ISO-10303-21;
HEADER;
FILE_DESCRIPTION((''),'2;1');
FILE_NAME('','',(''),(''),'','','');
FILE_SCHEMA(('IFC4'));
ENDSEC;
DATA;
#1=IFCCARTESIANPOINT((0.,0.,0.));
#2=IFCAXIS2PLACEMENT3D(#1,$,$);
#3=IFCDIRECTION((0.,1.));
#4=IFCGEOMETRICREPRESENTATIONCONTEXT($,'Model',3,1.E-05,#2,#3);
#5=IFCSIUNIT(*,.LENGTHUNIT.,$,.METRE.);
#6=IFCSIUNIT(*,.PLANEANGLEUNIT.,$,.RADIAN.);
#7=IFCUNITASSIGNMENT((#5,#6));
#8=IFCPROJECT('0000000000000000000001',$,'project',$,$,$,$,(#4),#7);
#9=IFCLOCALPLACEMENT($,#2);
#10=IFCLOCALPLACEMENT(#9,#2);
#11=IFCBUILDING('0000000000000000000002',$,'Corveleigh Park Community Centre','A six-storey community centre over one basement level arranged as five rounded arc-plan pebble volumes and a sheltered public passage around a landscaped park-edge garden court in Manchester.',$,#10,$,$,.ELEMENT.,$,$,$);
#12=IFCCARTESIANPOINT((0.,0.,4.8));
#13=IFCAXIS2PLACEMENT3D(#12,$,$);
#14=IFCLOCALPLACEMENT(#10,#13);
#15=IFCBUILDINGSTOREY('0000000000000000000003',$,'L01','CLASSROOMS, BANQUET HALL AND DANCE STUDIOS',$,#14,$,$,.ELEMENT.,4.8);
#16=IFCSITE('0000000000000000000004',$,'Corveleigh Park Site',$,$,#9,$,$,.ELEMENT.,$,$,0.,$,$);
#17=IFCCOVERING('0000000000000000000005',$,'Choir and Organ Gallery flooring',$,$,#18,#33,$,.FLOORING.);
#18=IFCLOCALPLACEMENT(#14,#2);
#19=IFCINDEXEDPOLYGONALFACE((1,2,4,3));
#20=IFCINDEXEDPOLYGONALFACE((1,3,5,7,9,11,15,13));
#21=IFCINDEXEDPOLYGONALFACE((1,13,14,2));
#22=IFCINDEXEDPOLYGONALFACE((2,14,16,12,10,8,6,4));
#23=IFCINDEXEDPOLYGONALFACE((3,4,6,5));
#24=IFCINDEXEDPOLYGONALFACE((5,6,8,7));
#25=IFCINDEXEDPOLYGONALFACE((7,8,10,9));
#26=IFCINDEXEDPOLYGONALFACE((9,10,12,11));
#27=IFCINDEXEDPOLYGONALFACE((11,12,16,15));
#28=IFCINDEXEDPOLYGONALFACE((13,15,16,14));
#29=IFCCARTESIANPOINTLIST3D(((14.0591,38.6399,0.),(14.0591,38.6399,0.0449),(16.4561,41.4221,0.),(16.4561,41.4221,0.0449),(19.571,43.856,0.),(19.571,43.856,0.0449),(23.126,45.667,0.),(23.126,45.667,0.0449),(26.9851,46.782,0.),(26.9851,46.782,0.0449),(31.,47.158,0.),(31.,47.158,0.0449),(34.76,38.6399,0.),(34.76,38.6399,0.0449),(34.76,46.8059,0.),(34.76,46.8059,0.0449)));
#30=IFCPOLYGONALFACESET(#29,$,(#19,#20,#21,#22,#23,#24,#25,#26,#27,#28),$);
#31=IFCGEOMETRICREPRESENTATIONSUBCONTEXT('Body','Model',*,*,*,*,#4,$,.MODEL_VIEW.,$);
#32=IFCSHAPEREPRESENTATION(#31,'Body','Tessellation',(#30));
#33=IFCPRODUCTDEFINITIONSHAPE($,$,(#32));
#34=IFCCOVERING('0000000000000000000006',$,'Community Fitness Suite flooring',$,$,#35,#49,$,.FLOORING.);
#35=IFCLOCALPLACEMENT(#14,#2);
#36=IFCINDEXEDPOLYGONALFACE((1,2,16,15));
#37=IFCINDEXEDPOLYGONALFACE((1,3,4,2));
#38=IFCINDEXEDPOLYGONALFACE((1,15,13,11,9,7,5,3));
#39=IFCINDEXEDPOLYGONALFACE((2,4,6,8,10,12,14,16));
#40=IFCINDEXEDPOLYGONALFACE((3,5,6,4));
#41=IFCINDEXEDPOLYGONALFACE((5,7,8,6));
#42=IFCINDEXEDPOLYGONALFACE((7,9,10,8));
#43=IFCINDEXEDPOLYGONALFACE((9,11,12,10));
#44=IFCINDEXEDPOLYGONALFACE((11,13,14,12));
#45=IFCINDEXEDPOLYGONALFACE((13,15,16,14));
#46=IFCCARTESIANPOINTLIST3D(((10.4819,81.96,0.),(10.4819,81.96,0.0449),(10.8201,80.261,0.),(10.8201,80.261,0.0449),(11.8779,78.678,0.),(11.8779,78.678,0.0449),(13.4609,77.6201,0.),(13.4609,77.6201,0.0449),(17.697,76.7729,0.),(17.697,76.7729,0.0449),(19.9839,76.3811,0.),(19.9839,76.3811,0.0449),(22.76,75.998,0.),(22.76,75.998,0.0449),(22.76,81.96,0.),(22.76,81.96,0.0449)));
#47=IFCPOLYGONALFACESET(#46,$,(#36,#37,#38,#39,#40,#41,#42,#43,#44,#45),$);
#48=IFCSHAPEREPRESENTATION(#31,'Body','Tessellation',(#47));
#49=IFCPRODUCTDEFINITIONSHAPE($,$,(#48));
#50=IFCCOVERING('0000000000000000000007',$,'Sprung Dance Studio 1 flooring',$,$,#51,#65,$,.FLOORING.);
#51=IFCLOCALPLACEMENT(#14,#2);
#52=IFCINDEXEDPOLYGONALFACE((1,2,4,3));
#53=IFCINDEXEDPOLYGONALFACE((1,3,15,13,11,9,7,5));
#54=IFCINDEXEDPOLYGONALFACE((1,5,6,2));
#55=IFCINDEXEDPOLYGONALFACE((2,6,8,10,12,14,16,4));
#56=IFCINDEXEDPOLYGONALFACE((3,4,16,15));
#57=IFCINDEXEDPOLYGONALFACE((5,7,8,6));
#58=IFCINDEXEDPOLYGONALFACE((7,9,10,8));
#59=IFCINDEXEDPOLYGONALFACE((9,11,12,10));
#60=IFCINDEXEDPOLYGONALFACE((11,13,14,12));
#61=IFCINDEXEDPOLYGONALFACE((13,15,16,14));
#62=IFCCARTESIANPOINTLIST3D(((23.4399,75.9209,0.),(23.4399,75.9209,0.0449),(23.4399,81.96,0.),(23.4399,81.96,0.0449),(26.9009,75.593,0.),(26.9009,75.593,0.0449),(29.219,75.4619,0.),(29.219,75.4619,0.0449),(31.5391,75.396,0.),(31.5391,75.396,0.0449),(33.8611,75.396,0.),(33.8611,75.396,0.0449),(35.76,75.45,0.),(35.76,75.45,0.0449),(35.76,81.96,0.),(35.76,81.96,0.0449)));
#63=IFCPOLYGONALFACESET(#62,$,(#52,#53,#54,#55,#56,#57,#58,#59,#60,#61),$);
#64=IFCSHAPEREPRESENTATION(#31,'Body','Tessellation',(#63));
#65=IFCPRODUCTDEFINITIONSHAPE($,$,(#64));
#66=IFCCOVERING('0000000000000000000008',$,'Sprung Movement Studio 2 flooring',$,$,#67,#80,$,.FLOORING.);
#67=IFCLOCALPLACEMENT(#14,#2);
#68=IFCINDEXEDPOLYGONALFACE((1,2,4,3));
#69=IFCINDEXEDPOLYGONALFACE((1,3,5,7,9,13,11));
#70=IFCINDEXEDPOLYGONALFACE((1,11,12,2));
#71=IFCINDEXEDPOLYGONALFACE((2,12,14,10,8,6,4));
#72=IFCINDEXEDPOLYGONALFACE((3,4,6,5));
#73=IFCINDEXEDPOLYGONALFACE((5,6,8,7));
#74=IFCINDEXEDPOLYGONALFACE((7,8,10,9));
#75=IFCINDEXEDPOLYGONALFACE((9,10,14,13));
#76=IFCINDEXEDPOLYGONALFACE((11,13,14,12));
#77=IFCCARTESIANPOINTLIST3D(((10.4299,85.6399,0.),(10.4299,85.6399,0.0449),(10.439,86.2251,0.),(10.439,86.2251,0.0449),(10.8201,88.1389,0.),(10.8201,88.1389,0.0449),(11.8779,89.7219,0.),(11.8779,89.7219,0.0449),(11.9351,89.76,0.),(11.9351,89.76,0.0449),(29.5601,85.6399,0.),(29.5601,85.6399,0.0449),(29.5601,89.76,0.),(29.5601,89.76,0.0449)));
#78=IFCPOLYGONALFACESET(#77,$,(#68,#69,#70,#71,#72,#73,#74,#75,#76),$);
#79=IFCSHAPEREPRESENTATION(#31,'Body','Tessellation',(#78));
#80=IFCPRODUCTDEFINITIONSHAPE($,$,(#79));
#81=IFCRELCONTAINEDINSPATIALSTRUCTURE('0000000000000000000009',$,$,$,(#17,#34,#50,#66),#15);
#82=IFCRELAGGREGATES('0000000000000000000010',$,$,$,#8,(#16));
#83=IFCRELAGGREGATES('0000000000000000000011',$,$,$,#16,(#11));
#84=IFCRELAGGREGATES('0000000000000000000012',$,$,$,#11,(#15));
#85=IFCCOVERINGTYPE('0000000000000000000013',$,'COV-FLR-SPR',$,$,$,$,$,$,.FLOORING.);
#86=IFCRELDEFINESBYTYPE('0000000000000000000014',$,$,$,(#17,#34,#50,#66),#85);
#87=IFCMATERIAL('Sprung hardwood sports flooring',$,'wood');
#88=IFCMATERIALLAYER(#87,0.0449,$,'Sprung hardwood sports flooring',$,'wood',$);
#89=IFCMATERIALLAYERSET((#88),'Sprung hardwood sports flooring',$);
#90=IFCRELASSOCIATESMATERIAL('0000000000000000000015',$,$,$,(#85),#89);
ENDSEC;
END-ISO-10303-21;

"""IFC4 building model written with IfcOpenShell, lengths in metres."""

from ifc_helpers import new_model, si_unit, direction, frame, origin, place, context, subcontext, project, spatial, polyline, outline, extrude, material, layer, layer_set, type_object, element, save


model = new_model("IFC4")

# Units and contexts
model_context = context("Model", 3, precision=1e-05, world=origin(), true_north=direction((0.0, 1.0)))
body_context = subcontext(model_context, "Body", "Model", "MODEL_VIEW")
ifc_project = project(units=[si_unit("LENGTHUNIT", "METRE"), si_unit("PLANEANGLEUNIT", "RADIAN")], contexts=[model_context])

# Site, building, storey
site_placement = place(None, origin())
site = spatial("IfcSite", under=ifc_project, at=site_placement, Name="Corveleigh Park Site", CompositionType="ELEMENT", RefElevation=0.0)
building_placement = place(site_placement, origin())
building = spatial("IfcBuilding", under=site, at=building_placement, Name="Corveleigh Park Community Centre", Description="A six-storey community centre over one basement level arranged as five rounded arc-plan pebble volumes and a sheltered public passage around a landscaped park-edge garden court in Manchester.", CompositionType="ELEMENT")
storey_placement = place(building_placement, frame((0.0, 0.0, 4.8)))
storey = spatial("IfcBuildingStorey", under=building, at=storey_placement, Name="L01", Description="CLASSROOMS, BANQUET HALL AND DANCE STUDIOS", CompositionType="ELEMENT", Elevation=4.8)

# Coverings
ifc_material_1 = material(Name="Sprung hardwood sports flooring", Category="wood")
ifc_layer_1 = layer(ifc_material_1, 0.0449, Name="Sprung hardwood sports flooring", Category="wood")
ifc_layer_set_1 = layer_set([ifc_layer_1], Name="Sprung hardwood sports flooring")
covering_type_1 = type_object("IfcCoveringType", Name="COV-FLR-SPR", PredefinedType="FLOORING", material=ifc_layer_set_1)
covering_1_placement = place(storey_placement, origin())
element("IfcCovering", 1, at=covering_1_placement, inside=storey, type_object=covering_type_1, Name="Choir and Organ Gallery flooring", PredefinedType="FLOORING", context=body_context, shape_type="SweptSolid", body=[
    extrude(outline(polyline([(31.0, 47.158), (34.76, 46.8059), (34.76, 38.6399), (14.0591, 38.6399), (16.4561, 41.4221), (19.571, 43.856), (23.126, 45.667), (26.9851, 46.782), (31.0, 47.158)])), origin(), (0.0, 0.0, 1.0), 0.0449),
])
covering_2_placement = place(storey_placement, origin())
element("IfcCovering", 2, at=covering_2_placement, inside=storey, type_object=covering_type_1, Name="Community Fitness Suite flooring", PredefinedType="FLOORING", context=body_context, shape_type="SweptSolid", body=[
    extrude(outline(polyline([(22.76, 75.998), (19.9839, 76.3811), (17.697, 76.7729), (13.4609, 77.6201), (11.8779, 78.678), (10.8201, 80.261), (10.4819, 81.96), (22.76, 81.96), (22.76, 75.998)])), origin(), (0.0, 0.0, 1.0), 0.0449),
])
covering_3_placement = place(storey_placement, origin())
element("IfcCovering", 3, at=covering_3_placement, inside=storey, type_object=covering_type_1, Name="Sprung Dance Studio 1 flooring", PredefinedType="FLOORING", context=body_context, shape_type="SweptSolid", body=[
    extrude(outline(polyline([(29.219, 75.4619), (26.9009, 75.593), (23.4399, 75.9209), (23.4399, 81.96), (35.76, 81.96), (35.76, 75.45), (33.8611, 75.396), (31.5391, 75.396), (29.219, 75.4619)])), origin(), (0.0, 0.0, 1.0), 0.0449),
])
covering_4_placement = place(storey_placement, origin())
element("IfcCovering", 4, at=covering_4_placement, inside=storey, type_object=covering_type_1, Name="Sprung Movement Studio 2 flooring", PredefinedType="FLOORING", context=body_context, shape_type="SweptSolid", body=[
    extrude(outline(polyline([(29.5601, 89.76), (29.5601, 85.6399), (10.4299, 85.6399), (10.439, 86.2251), (10.8201, 88.1389), (11.8779, 89.7219), (11.9351, 89.76), (29.5601, 89.76)])), origin(), (0.0, 0.0, 1.0), 0.0449),
])

save(model, "model.ifc")
